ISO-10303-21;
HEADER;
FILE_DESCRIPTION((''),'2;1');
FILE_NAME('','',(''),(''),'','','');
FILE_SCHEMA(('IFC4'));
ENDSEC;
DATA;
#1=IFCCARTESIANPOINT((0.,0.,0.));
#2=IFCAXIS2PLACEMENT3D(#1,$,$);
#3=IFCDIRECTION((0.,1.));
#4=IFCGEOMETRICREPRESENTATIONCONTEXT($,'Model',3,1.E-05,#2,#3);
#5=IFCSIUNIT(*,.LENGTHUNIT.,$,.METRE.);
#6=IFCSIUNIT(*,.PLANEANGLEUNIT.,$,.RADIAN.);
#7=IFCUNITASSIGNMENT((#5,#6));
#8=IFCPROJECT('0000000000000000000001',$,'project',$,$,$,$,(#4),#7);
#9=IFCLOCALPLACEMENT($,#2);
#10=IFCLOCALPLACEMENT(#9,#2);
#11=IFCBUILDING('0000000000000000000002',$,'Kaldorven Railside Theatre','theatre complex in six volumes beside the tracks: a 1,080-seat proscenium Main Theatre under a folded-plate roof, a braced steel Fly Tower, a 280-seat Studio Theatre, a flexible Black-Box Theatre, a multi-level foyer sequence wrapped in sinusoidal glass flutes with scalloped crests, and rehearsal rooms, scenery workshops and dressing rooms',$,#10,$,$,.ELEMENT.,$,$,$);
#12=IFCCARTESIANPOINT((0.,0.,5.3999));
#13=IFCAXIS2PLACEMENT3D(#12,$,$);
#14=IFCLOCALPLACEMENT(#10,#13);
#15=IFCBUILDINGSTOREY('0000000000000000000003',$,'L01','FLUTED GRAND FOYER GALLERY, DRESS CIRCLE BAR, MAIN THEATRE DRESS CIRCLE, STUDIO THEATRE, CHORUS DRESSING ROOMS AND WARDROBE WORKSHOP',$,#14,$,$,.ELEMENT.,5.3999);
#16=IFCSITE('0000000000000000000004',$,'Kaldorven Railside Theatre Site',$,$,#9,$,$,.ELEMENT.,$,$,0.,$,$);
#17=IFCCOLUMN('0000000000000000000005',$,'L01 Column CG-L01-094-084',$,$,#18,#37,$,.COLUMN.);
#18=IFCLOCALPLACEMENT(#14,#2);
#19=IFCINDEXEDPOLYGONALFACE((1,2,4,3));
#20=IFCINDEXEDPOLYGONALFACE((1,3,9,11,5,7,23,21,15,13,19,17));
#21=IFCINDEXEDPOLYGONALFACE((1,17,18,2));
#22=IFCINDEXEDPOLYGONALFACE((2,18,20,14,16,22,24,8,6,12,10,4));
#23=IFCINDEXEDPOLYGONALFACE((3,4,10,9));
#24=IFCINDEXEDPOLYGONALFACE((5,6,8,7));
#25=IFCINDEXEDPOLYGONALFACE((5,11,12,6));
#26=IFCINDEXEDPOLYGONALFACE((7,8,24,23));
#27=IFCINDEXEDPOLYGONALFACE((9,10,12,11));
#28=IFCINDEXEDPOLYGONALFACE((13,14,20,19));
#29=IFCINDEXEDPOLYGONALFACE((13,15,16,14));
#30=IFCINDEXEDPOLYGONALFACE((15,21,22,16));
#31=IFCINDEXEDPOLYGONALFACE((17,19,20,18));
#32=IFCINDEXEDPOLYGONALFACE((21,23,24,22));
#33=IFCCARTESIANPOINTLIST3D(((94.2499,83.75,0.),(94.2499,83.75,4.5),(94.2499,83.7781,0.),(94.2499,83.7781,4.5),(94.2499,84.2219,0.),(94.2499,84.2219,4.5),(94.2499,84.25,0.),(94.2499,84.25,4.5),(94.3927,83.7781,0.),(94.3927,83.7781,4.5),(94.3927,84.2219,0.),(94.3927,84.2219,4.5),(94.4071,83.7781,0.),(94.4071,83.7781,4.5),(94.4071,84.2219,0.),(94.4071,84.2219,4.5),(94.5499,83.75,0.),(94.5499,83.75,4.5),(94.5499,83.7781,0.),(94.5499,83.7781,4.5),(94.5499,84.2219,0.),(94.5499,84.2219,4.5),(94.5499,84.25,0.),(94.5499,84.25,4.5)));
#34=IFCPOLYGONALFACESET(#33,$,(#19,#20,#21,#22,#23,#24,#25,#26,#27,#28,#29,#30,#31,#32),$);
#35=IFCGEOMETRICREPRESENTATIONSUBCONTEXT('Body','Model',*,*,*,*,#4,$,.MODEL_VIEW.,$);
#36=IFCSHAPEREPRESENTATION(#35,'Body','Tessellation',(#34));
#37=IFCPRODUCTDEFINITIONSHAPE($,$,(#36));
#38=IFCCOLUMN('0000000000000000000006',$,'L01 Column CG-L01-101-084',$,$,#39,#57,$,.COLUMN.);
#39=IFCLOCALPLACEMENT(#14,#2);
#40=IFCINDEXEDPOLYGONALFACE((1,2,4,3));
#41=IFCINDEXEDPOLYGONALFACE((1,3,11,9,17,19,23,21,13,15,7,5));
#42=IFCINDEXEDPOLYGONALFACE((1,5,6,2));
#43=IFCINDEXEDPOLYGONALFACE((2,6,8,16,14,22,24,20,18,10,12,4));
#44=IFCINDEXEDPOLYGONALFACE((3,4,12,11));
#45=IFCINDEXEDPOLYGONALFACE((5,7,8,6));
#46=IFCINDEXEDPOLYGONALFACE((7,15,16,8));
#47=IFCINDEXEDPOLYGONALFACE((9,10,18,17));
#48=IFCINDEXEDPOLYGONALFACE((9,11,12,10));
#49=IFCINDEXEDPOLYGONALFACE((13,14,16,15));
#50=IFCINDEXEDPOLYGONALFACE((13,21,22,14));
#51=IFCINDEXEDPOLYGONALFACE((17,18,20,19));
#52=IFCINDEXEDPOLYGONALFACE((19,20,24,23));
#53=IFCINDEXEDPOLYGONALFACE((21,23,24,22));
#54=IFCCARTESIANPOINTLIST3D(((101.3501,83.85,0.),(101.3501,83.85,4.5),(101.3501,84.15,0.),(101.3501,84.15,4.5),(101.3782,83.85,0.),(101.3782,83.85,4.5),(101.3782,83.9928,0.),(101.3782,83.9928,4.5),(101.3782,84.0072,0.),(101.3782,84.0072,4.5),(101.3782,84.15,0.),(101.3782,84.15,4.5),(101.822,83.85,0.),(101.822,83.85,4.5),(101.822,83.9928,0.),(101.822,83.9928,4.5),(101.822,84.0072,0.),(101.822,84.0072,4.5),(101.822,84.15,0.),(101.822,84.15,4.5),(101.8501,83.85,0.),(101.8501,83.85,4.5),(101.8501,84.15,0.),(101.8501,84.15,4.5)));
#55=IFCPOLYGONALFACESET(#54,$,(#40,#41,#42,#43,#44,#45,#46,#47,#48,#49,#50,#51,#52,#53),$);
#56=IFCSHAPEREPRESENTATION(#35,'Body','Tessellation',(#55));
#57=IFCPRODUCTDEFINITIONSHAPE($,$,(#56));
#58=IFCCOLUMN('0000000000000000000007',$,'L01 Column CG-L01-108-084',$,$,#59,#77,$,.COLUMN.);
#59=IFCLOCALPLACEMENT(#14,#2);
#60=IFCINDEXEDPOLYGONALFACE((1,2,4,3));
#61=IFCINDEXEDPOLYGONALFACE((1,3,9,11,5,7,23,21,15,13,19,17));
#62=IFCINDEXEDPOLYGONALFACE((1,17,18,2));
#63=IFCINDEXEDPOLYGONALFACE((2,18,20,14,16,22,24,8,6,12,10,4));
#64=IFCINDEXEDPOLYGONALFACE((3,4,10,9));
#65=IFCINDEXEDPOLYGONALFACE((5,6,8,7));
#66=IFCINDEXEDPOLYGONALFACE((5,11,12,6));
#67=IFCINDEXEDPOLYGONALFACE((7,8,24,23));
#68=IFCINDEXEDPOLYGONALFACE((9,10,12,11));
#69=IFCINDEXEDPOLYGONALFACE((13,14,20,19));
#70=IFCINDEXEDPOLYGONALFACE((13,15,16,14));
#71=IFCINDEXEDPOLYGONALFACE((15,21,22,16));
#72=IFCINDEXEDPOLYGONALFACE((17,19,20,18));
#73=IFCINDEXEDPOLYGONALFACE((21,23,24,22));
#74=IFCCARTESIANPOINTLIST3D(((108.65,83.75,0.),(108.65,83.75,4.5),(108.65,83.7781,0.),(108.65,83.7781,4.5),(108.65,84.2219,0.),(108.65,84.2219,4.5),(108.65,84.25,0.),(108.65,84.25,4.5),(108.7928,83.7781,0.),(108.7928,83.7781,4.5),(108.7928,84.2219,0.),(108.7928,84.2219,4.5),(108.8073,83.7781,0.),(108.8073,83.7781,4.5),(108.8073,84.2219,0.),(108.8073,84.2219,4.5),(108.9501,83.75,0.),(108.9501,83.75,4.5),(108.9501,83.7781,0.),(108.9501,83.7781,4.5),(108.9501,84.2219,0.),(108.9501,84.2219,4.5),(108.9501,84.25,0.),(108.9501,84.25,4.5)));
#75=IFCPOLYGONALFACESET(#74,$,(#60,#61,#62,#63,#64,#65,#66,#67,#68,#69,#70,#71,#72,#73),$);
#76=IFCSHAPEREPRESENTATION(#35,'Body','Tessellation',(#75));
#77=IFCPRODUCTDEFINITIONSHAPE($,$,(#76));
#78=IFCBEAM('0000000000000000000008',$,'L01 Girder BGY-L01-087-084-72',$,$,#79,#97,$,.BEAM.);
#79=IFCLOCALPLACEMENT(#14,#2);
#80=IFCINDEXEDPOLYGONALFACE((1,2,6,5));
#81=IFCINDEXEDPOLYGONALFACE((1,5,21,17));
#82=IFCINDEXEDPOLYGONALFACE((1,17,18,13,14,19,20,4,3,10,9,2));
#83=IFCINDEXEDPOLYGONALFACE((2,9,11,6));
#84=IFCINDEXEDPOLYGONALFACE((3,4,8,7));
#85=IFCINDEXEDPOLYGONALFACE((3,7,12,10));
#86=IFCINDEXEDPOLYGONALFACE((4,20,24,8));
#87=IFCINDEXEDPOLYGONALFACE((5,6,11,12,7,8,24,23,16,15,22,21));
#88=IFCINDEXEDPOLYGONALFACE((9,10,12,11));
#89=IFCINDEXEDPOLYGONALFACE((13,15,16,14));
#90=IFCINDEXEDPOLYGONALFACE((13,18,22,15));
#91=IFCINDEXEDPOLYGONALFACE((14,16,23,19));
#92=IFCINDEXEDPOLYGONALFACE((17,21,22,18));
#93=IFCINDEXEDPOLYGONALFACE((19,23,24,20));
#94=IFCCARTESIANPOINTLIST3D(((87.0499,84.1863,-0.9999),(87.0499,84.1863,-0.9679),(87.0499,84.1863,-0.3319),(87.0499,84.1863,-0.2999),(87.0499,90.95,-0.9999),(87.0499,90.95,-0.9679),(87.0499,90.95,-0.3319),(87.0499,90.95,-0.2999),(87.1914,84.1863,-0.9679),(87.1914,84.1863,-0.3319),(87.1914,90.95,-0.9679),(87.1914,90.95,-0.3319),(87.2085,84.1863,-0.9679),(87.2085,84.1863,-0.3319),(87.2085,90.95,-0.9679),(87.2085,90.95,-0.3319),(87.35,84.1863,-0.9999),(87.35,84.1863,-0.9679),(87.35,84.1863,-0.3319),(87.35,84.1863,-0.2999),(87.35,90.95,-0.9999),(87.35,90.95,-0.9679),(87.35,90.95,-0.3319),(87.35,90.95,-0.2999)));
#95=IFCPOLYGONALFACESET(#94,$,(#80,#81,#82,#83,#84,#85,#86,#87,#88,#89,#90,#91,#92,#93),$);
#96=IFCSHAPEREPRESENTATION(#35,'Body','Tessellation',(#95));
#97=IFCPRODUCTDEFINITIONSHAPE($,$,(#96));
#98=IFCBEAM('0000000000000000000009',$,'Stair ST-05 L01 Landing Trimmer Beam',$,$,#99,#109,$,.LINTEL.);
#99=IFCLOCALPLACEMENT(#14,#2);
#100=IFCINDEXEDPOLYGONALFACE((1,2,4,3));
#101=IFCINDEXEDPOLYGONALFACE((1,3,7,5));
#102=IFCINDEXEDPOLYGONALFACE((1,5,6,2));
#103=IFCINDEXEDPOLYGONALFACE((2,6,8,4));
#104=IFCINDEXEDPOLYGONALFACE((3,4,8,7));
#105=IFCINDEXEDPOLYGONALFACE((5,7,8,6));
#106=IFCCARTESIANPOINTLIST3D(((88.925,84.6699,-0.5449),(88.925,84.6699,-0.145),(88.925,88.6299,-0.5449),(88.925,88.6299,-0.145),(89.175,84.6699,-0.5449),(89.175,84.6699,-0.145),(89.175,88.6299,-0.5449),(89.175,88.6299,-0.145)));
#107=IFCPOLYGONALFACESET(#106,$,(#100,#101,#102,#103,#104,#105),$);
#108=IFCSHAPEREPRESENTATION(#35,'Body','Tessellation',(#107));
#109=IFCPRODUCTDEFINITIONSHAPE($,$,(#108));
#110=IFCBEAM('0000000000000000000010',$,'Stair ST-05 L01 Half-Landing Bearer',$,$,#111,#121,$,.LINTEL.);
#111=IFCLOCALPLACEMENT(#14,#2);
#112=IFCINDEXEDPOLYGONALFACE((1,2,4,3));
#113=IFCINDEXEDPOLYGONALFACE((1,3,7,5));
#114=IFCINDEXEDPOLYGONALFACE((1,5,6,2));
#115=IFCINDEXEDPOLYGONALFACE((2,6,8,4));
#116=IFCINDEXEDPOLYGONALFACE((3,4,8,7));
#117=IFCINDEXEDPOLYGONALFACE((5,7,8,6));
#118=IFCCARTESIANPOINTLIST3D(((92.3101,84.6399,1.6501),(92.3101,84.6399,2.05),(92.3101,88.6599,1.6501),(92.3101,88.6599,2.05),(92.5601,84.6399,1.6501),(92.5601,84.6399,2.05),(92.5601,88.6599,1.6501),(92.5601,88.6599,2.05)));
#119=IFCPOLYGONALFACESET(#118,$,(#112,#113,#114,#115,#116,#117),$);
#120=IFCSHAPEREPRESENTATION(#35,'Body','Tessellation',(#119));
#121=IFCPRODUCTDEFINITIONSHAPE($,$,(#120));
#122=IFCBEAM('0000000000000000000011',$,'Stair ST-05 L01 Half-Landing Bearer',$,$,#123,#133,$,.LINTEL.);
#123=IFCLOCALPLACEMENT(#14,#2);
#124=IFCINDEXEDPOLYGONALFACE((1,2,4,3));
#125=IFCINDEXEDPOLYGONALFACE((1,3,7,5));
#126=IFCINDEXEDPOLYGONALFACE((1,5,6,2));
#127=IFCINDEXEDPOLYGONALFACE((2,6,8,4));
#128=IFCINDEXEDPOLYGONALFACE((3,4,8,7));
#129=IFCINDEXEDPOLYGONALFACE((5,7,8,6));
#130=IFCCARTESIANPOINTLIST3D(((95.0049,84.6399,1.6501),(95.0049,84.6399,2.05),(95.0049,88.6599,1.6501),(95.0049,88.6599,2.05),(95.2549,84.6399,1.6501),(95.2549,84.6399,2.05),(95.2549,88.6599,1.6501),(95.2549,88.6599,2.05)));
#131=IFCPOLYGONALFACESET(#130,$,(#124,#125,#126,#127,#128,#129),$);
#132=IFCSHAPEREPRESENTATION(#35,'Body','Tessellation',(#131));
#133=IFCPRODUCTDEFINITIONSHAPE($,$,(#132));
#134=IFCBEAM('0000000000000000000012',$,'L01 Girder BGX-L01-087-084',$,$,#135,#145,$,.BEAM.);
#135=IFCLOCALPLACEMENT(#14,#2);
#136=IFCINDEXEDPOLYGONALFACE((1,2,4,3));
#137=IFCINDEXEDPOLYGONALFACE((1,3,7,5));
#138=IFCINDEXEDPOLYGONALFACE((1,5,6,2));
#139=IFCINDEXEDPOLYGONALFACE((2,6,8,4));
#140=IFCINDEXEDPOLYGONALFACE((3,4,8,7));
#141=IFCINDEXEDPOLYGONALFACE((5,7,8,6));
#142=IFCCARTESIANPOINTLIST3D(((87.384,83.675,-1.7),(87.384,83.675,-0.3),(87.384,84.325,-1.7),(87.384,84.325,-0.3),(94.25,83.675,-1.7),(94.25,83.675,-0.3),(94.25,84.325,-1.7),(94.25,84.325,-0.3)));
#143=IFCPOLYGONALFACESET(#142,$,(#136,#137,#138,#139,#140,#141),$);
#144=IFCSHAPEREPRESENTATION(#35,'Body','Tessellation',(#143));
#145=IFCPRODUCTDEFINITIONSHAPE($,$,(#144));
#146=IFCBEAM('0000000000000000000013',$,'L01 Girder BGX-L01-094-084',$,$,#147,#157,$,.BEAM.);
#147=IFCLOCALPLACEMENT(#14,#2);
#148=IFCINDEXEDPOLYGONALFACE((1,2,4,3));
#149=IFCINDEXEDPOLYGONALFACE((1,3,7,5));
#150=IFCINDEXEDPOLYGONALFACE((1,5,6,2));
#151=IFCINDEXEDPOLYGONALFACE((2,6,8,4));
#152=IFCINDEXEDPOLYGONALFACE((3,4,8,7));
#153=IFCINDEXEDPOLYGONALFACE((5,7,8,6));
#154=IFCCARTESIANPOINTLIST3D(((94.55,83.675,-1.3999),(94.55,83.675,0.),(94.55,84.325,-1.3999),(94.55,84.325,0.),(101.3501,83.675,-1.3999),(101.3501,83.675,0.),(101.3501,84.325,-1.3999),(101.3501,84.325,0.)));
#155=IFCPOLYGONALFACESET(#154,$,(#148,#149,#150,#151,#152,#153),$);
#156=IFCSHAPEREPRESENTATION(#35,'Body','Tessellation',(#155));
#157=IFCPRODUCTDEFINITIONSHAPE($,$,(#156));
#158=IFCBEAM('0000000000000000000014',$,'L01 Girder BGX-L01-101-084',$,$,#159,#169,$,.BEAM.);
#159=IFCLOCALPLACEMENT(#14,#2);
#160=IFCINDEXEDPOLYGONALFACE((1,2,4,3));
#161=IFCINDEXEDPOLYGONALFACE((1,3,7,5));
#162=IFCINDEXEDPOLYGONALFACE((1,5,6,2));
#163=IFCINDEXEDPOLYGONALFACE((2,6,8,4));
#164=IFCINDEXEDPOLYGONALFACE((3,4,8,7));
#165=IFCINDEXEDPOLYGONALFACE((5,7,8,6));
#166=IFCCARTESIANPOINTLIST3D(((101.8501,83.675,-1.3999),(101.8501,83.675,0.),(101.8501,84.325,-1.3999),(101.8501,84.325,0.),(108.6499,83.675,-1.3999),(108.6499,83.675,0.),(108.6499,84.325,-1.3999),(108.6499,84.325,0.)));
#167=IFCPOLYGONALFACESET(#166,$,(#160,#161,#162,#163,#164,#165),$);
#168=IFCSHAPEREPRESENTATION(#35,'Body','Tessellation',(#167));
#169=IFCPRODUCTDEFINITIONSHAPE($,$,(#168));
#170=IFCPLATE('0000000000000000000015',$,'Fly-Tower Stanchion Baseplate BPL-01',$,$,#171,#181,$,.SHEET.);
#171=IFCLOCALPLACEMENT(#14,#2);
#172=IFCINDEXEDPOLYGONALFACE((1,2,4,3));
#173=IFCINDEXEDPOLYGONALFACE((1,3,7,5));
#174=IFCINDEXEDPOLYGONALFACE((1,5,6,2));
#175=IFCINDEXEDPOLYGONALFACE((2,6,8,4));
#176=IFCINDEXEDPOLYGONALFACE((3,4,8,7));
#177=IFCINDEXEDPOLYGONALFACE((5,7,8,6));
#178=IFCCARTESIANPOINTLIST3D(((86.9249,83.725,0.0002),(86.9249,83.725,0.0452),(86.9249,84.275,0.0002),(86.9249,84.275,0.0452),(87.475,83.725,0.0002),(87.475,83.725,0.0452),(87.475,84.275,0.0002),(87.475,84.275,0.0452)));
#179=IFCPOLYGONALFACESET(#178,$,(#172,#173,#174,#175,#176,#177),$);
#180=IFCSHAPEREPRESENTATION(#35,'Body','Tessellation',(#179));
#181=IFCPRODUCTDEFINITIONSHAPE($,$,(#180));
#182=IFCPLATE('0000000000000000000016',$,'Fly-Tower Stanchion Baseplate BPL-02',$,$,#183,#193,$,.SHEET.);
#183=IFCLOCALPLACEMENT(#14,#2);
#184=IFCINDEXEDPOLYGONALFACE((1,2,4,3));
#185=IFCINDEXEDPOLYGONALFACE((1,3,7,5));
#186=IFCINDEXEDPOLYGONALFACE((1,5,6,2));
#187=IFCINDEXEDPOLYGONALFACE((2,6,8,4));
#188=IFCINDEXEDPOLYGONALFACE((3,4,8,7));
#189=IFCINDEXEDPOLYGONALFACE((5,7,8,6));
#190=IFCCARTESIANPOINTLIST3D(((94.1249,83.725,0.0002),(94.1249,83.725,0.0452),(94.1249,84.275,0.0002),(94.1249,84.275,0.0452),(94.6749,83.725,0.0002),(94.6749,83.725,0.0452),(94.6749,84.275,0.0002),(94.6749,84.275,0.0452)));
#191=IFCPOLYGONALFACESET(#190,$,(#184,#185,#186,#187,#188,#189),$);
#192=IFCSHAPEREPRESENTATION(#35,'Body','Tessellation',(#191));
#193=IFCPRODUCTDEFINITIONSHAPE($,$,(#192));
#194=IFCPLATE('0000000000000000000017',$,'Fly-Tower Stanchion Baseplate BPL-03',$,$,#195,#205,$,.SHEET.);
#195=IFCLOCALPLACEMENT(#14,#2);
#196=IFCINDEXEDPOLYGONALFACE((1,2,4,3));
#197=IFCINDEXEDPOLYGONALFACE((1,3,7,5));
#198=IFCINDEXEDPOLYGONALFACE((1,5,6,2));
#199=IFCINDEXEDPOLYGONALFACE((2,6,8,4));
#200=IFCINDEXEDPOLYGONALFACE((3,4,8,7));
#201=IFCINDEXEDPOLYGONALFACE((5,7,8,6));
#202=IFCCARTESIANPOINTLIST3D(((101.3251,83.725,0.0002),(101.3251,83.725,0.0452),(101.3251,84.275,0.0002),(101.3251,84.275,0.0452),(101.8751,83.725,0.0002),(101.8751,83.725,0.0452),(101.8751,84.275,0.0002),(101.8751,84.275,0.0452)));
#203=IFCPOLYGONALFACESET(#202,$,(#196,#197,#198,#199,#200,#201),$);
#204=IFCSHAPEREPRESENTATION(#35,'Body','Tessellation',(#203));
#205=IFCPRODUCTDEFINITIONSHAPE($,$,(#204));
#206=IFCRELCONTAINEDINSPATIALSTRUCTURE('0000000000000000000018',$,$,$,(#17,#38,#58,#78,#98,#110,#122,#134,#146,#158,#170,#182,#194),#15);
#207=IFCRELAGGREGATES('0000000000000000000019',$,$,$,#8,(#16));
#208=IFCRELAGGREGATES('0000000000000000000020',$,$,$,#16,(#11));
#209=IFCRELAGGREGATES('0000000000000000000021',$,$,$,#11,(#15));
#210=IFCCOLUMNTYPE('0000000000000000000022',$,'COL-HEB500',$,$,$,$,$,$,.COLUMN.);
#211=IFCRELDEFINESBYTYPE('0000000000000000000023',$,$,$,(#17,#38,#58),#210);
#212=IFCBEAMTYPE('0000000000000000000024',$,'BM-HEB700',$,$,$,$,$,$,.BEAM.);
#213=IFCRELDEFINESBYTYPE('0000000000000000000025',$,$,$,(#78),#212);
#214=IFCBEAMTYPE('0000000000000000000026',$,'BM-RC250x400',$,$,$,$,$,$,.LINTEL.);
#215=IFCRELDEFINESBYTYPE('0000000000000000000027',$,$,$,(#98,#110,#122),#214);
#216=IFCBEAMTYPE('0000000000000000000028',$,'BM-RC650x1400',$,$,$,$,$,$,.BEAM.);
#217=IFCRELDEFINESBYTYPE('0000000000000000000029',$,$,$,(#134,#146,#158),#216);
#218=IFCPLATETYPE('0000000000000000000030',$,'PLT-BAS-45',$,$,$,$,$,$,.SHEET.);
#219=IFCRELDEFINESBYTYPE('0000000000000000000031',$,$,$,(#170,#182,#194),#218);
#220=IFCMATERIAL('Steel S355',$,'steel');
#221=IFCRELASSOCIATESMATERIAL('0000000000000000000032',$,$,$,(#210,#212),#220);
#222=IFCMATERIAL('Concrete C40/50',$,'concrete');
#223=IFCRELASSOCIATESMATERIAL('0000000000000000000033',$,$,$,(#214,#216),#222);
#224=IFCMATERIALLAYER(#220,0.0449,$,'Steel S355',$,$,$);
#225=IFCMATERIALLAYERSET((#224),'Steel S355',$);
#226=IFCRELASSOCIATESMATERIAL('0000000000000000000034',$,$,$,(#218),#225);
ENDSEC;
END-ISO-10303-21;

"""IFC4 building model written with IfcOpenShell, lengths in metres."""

from ifc_helpers import new_model, si_unit, direction, frame, origin, origin_2d, place, context, subcontext, project, spatial, rectangle, i_section, extrude, material, layer, layer_set, material_profile, profile_set, type_object, element, save


model = new_model("IFC4")

# Units and contexts
model_context = context("Model", 3, precision=1e-05, world=origin(), true_north=direction((0.0, 1.0)))
body_context = subcontext(model_context, "Body", "Model", "MODEL_VIEW")
ifc_project = project(units=[si_unit("LENGTHUNIT", "METRE"), si_unit("PLANEANGLEUNIT", "RADIAN")], contexts=[model_context])

# Site, building, storey
site_placement = place(None, origin())
site = spatial("IfcSite", under=ifc_project, at=site_placement, Name="Kaldorven Railside Theatre Site", CompositionType="ELEMENT", RefElevation=0.0)
building_placement = place(site_placement, origin())
building = spatial("IfcBuilding", under=site, at=building_placement, Name="Kaldorven Railside Theatre", Description="theatre complex in six volumes beside the tracks: a 1,080-seat proscenium Main Theatre under a folded-plate roof, a braced steel Fly Tower, a 280-seat Studio Theatre, a flexible Black-Box Theatre, a multi-level foyer sequence wrapped in sinusoidal glass flutes with scalloped crests, and rehearsal rooms, scenery workshops and dressing rooms", CompositionType="ELEMENT")
storey_placement = place(building_placement, frame((0.0, 0.0, 5.3999)))
storey = spatial("IfcBuildingStorey", under=building, at=storey_placement, Name="L01", Description="FLUTED GRAND FOYER GALLERY, DRESS CIRCLE BAR, MAIN THEATRE DRESS CIRCLE, STUDIO THEATRE, CHORUS DRESSING ROOMS AND WARDROBE WORKSHOP", CompositionType="ELEMENT", Elevation=5.3999)

# Columns
ifc_material_1 = material(Name="Steel S355", Category="steel")
ifc_material_profile_1 = material_profile(ifc_material_1, i_section(OverallWidth=0.3, OverallDepth=0.5, WebThickness=0.0144, FlangeThickness=0.0281, at=origin_2d()), Name="HEB 500")
ifc_profile_set_1 = profile_set([ifc_material_profile_1], Name="Steel S355")
column_type = type_object("IfcColumnType", Name="COL-HEB500", PredefinedType="COLUMN", material=ifc_profile_set_1)
for number, where, z_axis, x_axis, name in (
    (1, (94.3999, 84.0, 0.0), (0.0, 0.0, 1.0), (1.0, 0.0, 0.0), "L01 Column CG-L01-094-084"),
    (2, (101.6001, 84.0, 0.0), (0.0, 0.0, 1.0), (0.0, 1.0, 0.0), "L01 Column CG-L01-101-084"),
    (3, (108.8, 84.0, 0.0), (0.0, 0.0, 1.0), (1.0, 0.0, 0.0), "L01 Column CG-L01-108-084"),
):
    element("IfcColumn", number, at=place(storey_placement, frame(where, z_axis=z_axis, x_axis=x_axis)), inside=storey, type_object=column_type, Name=name, PredefinedType="COLUMN", context=body_context, shape_type="SweptSolid", body=[
        extrude(i_section(OverallWidth=0.3, OverallDepth=0.5, WebThickness=0.0144, FlangeThickness=0.0281, at=origin_2d()), origin(), (0.0, 0.0, 1.0), 4.5),
    ])

# Beams
ifc_material_profile_2 = material_profile(ifc_material_1, i_section(OverallWidth=0.3, OverallDepth=0.7, WebThickness=0.0171, FlangeThickness=0.032, at=origin_2d()), Name="HEB 700")
ifc_profile_set_2 = profile_set([ifc_material_profile_2], Name="Steel S355")
beam_type_1 = type_object("IfcBeamType", Name="BM-HEB700", PredefinedType="BEAM", material=ifc_profile_set_2)
beam_1_placement = place(storey_placement, frame((87.2, 84.1863, -0.6499), z_axis=(0.0, 1.0, 0.0), x_axis=(-1.0, 0.0, 0.0)))
element("IfcBeam", 4, at=beam_1_placement, inside=storey, type_object=beam_type_1, Name="L01 Girder BGY-L01-087-084-72", PredefinedType="BEAM", context=body_context, shape_type="SweptSolid", body=[
    extrude(i_section(OverallWidth=0.3, OverallDepth=0.7, WebThickness=0.0171, FlangeThickness=0.032, at=origin_2d()), origin(), (0.0, 0.0, 1.0), 6.7637),
])
ifc_material_2 = material(Name="Concrete C40/50", Category="concrete")
ifc_material_profile_3 = material_profile(ifc_material_2, rectangle(XDim=0.25, YDim=0.3999, at=origin_2d()), Name="RC 250x400")
ifc_profile_set_3 = profile_set([ifc_material_profile_3], Name="Concrete C40/50")
beam_type_2 = type_object("IfcBeamType", Name="BM-RC250x400", PredefinedType="LINTEL", material=ifc_profile_set_3)
beam_2_placement = place(storey_placement, frame((89.05, 84.6699, -0.345), z_axis=(0.0, 1.0, 0.0), x_axis=(-1.0, 0.0, 0.0)))
element("IfcBeam", 5, at=beam_2_placement, inside=storey, type_object=beam_type_2, Name="Stair ST-05 L01 Landing Trimmer Beam", PredefinedType="LINTEL", context=body_context, shape_type="SweptSolid", body=[
    extrude(rectangle(XDim=0.25, YDim=0.3999, at=origin_2d()), origin(), (0.0, 0.0, 1.0), 3.96),
])
for number, where, z_axis, x_axis, name in (
    (6, (92.4351, 84.6399, 1.8501), (0.0, 1.0, 0.0), (-1.0, 0.0, 0.0), "Stair ST-05 L01 Half-Landing Bearer"),
    (7, (95.1299, 84.6399, 1.8501), (0.0, 1.0, 0.0), (-1.0, 0.0, 0.0), "Stair ST-05 L01 Half-Landing Bearer"),
):
    element("IfcBeam", number, at=place(storey_placement, frame(where, z_axis=z_axis, x_axis=x_axis)), inside=storey, type_object=beam_type_2, Name=name, PredefinedType="LINTEL", context=body_context, shape_type="SweptSolid", body=[
        extrude(rectangle(XDim=0.25, YDim=0.3999, at=origin_2d()), origin(), (0.0, 0.0, 1.0), 4.02),
    ])
ifc_material_profile_4 = material_profile(ifc_material_2, rectangle(XDim=0.6499, YDim=1.3999, at=origin_2d()), Name="RC 650x1400")
ifc_profile_set_4 = profile_set([ifc_material_profile_4], Name="Concrete C40/50")
beam_type_3 = type_object("IfcBeamType", Name="BM-RC650x1400", PredefinedType="BEAM", material=ifc_profile_set_4)
beam_3_placement = place(storey_placement, frame((87.384, 84.0, -1.0), z_axis=(1.0, 0.0, 0.0), x_axis=(0.0, 1.0, 0.0)))
element("IfcBeam", 8, at=beam_3_placement, inside=storey, type_object=beam_type_3, Name="L01 Girder BGX-L01-087-084", PredefinedType="BEAM", context=body_context, shape_type="SweptSolid", body=[
    extrude(rectangle(XDim=0.6499, YDim=1.3999, at=origin_2d()), origin(), (0.0, 0.0, 1.0), 6.866),
])
beam_4_placement = place(storey_placement, frame((94.55, 84.0, -0.7), z_axis=(1.0, 0.0, 0.0), x_axis=(0.0, 1.0, 0.0)))
element("IfcBeam", 9, at=beam_4_placement, inside=storey, type_object=beam_type_3, Name="L01 Girder BGX-L01-094-084", PredefinedType="BEAM", context=body_context, shape_type="SweptSolid", body=[
    extrude(rectangle(XDim=0.6499, YDim=1.3999, at=origin_2d()), origin(), (0.0, 0.0, 1.0), 6.8),
])
beam_5_placement = place(storey_placement, frame((101.8501, 84.0, -0.7), z_axis=(1.0, 0.0, 0.0), x_axis=(0.0, 1.0, 0.0)))
element("IfcBeam", 10, at=beam_5_placement, inside=storey, type_object=beam_type_3, Name="L01 Girder BGX-L01-101-084", PredefinedType="BEAM", context=body_context, shape_type="SweptSolid", body=[
    extrude(rectangle(XDim=0.6499, YDim=1.3999, at=origin_2d()), origin(), (0.0, 0.0, 1.0), 6.7998),
])

# Plates
ifc_layer_1 = layer(ifc_material_1, 0.0449, Name="Steel S355")
ifc_layer_set_1 = layer_set([ifc_layer_1], Name="Steel S355")
plate_type = type_object("IfcPlateType", Name="PLT-BAS-45", PredefinedType="SHEET", material=ifc_layer_set_1)
for number, where, z_axis, x_axis, name in (
    (11, (87.2, 84.0, 0.0002), (0.0, 0.0, 1.0), (1.0, 0.0, 0.0), "Fly-Tower Stanchion Baseplate BPL-01"),
    (12, (94.3999, 84.0, 0.0002), (0.0, 0.0, 1.0), (1.0, 0.0, 0.0), "Fly-Tower Stanchion Baseplate BPL-02"),
    (13, (101.6001, 84.0, 0.0002), (0.0, 0.0, 1.0), (1.0, 0.0, 0.0), "Fly-Tower Stanchion Baseplate BPL-03"),
):
    element("IfcPlate", number, at=place(storey_placement, frame(where, z_axis=z_axis, x_axis=x_axis)), inside=storey, type_object=plate_type, Name=name, PredefinedType="SHEET", context=body_context, shape_type="SweptSolid", body=[
        extrude(rectangle(XDim=0.55, YDim=0.55, at=origin_2d()), origin(), (0.0, 0.0, 1.0), 0.0449),
    ])

save(model, "model.ifc")
